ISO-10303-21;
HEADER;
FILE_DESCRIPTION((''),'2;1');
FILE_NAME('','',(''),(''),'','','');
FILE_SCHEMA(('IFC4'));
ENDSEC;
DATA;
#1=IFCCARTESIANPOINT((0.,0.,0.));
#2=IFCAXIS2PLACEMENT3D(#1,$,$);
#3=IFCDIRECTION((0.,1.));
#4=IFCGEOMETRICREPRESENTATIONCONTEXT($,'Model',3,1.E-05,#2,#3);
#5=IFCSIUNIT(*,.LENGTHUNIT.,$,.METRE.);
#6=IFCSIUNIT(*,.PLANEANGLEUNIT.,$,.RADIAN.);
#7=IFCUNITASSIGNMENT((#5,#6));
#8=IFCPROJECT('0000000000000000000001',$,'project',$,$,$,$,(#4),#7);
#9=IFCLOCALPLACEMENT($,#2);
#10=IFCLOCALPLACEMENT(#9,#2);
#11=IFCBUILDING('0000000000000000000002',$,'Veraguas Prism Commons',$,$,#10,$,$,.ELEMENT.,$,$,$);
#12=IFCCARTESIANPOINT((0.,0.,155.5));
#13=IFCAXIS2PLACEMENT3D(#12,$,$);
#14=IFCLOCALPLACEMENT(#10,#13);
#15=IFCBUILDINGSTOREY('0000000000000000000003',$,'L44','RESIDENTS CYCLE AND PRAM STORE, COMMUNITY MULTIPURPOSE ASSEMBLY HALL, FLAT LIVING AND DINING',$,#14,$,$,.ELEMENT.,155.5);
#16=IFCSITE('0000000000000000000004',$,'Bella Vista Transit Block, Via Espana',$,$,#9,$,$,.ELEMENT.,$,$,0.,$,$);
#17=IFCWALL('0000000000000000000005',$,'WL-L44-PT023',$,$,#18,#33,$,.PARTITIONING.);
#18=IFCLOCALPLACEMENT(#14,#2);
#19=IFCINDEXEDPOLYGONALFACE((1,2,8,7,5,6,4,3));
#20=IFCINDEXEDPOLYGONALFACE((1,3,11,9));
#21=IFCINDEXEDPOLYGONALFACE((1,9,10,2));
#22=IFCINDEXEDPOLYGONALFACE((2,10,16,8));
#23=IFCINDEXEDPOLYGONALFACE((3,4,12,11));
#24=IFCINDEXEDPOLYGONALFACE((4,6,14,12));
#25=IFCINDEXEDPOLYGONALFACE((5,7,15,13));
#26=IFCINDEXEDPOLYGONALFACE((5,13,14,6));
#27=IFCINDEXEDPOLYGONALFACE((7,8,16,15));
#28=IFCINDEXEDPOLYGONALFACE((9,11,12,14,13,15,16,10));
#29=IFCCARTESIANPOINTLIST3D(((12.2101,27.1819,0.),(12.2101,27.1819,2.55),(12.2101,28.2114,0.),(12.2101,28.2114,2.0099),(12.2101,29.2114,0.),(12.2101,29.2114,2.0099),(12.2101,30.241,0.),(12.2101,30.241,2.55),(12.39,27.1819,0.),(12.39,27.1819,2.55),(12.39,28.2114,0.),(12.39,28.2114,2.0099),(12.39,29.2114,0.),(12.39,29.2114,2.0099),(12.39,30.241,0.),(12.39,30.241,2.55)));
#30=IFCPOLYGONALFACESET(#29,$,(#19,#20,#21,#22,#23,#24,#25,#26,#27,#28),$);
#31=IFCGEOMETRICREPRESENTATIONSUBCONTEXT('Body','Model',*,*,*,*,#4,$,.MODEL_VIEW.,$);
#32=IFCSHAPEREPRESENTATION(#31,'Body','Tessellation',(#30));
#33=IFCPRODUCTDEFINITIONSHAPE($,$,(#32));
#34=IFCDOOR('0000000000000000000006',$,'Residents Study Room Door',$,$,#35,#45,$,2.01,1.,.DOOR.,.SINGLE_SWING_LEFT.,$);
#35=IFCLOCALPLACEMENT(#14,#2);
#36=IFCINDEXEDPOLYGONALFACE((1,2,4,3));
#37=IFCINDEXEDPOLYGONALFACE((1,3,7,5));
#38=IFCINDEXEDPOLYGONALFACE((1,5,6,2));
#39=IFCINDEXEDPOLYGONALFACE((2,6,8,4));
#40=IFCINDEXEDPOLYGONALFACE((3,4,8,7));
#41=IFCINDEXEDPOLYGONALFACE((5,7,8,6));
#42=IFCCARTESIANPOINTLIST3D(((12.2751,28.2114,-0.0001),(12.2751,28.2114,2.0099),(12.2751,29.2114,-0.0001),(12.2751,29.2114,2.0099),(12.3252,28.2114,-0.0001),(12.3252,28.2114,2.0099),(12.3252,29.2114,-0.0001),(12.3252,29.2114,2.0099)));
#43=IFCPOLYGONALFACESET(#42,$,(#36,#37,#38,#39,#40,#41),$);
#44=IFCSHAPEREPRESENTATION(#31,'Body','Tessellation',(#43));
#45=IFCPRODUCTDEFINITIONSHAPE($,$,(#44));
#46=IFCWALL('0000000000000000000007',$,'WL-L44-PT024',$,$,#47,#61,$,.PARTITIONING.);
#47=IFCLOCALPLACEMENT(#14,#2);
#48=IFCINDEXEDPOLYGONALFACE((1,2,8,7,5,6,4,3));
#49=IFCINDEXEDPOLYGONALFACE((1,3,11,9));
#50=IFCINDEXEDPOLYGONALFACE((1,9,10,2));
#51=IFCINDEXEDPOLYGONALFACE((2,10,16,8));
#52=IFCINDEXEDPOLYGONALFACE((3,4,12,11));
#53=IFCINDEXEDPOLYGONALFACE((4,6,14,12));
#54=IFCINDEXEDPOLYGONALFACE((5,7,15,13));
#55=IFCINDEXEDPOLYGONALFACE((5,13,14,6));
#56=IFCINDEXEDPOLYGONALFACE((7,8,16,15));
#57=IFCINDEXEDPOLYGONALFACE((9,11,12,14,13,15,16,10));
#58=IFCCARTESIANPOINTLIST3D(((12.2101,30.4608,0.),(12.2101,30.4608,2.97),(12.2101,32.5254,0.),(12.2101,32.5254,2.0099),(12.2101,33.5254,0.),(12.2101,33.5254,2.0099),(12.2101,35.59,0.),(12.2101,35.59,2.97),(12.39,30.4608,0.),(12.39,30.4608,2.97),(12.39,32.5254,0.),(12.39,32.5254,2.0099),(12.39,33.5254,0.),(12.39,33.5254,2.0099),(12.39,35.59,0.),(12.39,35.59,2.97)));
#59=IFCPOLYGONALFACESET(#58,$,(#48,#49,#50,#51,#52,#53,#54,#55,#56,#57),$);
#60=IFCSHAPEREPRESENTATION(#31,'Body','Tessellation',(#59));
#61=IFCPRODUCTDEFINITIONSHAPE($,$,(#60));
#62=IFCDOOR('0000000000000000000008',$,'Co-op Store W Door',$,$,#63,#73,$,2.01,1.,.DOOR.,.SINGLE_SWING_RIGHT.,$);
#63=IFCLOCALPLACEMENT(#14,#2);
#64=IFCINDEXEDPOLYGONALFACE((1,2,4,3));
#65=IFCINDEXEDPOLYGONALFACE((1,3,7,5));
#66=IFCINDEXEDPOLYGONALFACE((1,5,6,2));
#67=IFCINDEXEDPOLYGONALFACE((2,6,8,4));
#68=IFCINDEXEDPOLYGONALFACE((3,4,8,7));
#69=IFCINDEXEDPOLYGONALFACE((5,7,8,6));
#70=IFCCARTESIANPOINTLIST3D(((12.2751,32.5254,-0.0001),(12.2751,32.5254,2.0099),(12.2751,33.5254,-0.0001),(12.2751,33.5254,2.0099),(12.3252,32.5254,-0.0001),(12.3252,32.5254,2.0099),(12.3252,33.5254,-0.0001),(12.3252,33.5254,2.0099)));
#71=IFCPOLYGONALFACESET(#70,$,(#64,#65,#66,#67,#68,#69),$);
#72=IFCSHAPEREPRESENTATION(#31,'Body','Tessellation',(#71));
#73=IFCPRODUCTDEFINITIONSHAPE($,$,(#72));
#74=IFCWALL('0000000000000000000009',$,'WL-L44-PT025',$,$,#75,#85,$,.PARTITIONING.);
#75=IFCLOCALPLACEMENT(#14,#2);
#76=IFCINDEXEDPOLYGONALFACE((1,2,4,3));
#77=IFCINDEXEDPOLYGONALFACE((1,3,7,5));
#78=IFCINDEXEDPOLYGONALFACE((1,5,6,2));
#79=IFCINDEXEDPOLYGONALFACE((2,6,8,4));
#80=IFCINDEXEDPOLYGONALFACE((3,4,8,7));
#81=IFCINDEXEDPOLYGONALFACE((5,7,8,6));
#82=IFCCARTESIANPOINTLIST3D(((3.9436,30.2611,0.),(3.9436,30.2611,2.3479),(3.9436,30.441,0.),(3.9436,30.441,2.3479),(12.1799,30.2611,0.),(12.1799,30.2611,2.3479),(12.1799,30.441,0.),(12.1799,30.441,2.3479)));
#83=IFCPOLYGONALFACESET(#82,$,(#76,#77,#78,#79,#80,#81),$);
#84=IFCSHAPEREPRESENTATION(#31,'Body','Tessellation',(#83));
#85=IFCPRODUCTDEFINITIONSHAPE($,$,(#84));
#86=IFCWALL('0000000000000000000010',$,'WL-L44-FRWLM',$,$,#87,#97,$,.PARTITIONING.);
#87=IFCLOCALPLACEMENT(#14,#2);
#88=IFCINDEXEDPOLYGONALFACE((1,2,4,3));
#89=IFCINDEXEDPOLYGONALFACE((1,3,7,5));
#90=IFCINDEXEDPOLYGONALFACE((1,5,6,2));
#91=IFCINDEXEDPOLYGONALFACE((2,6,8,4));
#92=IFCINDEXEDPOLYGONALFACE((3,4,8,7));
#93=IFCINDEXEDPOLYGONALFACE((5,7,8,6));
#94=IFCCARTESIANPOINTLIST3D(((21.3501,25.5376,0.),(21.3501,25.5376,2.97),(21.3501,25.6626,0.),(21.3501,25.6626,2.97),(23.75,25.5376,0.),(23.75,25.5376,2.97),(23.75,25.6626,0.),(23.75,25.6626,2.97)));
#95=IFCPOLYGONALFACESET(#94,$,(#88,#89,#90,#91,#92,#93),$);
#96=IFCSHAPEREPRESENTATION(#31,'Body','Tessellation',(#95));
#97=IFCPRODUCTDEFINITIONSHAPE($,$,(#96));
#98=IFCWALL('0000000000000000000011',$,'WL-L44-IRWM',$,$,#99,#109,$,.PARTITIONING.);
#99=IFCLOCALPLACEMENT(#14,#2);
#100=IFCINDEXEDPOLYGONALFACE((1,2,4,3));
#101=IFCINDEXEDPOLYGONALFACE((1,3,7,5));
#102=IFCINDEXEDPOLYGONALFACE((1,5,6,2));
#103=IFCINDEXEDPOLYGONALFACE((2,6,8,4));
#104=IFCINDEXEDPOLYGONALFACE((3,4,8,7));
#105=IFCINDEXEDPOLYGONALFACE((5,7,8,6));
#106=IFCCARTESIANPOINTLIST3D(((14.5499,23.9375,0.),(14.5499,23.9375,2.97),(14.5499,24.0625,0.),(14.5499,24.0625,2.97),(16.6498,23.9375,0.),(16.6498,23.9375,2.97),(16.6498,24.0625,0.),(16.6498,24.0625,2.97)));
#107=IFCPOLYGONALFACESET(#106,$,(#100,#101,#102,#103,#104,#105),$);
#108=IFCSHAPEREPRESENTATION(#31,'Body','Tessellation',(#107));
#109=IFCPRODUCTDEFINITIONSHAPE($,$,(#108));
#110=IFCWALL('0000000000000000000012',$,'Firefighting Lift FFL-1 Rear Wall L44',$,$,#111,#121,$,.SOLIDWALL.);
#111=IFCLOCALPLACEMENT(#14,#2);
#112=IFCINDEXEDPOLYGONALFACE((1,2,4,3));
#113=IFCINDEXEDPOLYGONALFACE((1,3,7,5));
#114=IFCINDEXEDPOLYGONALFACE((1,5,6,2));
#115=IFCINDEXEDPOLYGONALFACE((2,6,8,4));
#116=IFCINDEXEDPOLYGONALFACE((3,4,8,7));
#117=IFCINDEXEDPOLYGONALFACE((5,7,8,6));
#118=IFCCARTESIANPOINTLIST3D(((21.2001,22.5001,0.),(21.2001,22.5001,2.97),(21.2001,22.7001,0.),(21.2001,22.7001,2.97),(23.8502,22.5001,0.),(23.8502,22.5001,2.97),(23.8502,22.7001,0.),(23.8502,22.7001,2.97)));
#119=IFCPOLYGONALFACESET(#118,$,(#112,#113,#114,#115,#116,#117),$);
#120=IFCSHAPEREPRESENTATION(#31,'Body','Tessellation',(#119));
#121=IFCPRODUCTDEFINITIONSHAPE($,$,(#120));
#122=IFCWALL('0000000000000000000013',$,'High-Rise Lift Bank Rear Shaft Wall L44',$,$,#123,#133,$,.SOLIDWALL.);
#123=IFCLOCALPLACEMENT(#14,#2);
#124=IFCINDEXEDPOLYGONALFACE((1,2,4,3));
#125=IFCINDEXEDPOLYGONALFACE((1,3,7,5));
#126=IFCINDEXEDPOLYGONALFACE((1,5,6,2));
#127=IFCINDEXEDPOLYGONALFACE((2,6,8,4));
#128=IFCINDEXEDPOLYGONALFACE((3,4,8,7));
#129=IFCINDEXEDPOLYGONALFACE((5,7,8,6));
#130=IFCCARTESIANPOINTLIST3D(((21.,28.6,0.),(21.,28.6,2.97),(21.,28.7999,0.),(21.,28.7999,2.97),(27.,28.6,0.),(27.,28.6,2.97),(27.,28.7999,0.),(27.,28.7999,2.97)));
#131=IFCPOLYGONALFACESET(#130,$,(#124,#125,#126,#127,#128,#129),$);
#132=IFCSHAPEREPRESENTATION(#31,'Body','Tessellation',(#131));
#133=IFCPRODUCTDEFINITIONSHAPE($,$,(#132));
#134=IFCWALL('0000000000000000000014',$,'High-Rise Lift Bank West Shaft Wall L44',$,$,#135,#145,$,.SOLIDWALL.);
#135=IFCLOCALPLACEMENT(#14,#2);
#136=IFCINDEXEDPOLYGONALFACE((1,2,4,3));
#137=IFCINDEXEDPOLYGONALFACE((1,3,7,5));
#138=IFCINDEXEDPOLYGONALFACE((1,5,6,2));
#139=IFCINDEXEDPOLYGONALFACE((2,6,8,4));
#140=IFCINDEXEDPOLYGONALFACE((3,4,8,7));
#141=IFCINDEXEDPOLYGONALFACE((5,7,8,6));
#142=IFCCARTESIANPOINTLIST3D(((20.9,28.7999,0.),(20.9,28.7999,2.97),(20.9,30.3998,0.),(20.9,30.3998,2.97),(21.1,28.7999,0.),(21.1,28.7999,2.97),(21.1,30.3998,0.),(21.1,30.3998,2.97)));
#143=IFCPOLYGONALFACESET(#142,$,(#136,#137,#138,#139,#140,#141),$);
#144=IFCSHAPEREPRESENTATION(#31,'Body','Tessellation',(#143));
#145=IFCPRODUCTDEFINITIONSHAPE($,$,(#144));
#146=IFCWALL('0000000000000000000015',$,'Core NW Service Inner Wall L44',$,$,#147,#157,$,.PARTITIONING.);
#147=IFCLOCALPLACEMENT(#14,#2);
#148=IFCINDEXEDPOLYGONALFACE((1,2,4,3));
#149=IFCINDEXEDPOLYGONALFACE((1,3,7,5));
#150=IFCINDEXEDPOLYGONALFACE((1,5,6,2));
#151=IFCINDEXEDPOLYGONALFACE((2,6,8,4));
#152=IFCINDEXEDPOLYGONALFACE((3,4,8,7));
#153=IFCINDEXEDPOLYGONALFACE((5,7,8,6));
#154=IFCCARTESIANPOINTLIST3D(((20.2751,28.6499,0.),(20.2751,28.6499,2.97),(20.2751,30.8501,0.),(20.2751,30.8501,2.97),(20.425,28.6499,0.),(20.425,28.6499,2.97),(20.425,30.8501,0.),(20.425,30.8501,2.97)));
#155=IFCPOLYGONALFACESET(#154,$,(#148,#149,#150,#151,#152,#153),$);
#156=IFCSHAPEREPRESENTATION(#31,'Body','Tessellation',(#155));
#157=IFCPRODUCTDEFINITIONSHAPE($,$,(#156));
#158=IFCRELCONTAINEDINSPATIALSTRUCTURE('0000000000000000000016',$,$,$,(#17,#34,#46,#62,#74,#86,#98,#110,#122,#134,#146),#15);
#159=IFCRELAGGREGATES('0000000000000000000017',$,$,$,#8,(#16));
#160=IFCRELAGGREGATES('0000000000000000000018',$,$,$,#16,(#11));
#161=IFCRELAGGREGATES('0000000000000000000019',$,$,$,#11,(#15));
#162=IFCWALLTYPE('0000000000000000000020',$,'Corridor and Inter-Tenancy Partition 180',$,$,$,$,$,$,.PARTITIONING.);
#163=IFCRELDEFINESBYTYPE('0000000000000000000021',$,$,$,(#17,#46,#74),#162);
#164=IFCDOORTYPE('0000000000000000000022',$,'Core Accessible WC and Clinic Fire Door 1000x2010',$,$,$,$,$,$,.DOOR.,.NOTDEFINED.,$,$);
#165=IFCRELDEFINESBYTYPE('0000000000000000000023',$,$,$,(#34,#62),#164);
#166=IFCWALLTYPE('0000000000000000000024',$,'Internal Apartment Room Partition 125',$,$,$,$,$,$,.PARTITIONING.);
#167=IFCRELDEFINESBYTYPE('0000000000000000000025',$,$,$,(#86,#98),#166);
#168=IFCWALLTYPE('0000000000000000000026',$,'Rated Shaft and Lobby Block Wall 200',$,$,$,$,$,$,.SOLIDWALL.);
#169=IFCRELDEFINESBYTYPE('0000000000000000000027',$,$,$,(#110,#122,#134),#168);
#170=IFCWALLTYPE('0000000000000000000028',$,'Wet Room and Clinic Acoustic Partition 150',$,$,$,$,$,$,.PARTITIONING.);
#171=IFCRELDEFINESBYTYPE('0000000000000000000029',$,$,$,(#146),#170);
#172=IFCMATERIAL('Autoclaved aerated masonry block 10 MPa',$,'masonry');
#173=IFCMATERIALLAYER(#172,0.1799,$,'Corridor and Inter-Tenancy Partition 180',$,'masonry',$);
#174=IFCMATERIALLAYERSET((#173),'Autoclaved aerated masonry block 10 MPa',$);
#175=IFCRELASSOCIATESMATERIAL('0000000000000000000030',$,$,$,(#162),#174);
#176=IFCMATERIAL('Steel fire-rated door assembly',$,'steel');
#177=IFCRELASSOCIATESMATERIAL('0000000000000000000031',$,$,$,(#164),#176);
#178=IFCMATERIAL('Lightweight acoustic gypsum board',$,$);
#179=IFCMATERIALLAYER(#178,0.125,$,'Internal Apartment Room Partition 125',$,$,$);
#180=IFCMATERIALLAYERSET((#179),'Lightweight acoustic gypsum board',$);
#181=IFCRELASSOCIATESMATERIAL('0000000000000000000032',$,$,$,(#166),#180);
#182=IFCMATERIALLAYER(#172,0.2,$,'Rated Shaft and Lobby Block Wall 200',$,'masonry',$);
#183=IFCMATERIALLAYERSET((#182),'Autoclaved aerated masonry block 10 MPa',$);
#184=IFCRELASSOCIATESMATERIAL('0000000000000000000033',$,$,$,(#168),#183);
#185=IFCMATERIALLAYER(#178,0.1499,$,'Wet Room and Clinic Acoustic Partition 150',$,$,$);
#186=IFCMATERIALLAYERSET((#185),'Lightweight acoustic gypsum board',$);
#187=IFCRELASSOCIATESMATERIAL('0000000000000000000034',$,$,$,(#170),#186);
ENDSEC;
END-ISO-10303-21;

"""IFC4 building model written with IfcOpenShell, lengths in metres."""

from ifc_helpers import new_model, si_unit, direction, frame, frame_2d, origin, place, context, subcontext, project, spatial, rectangle, extrude, source, transform, mapped, material, layer, layer_set, type_object, element, fill, save


model = new_model("IFC4")

# Units and contexts
model_context = context("Model", 3, precision=1e-05, world=origin(), true_north=direction((0.0, 1.0)))
body_context = subcontext(model_context, "Body", "Model", "MODEL_VIEW")
ifc_project = project(units=[si_unit("LENGTHUNIT", "METRE"), si_unit("PLANEANGLEUNIT", "RADIAN")], contexts=[model_context])

# Site, building, storey
site_placement = place(None, origin())
site = spatial("IfcSite", under=ifc_project, at=site_placement, Name="Bella Vista Transit Block, Via Espana", CompositionType="ELEMENT", RefElevation=0.0)
building_placement = place(site_placement, origin())
building = spatial("IfcBuilding", under=site, at=building_placement, Name="Veraguas Prism Commons", CompositionType="ELEMENT")
storey_placement = place(building_placement, frame((0.0, 0.0, 155.5)))
storey = spatial("IfcBuildingStorey", under=building, at=storey_placement, Name="L44", Description="RESIDENTS CYCLE AND PRAM STORE, COMMUNITY MULTIPURPOSE ASSEMBLY HALL, FLAT LIVING AND DINING", CompositionType="ELEMENT", Elevation=155.5)

# Shared definitions
ifc_material_1 = material(Name="Autoclaved aerated masonry block 10 MPa", Category="masonry")
ifc_layer_1 = layer(ifc_material_1, 0.1799, Name="Corridor and Inter-Tenancy Partition 180", Category="masonry")
ifc_layer_set_1 = layer_set([ifc_layer_1], Name="Autoclaved aerated masonry block 10 MPa")
wall_type_1 = type_object("IfcWallType", Name="Corridor and Inter-Tenancy Partition 180", PredefinedType="PARTITIONING", material=ifc_layer_set_1)
ifc_material_2 = material(Name="Steel fire-rated door assembly", Category="steel")

# Walls, openings, doors
wall_1_placement = place(storey_placement, frame((12.3, 27.1819, 0.0), z_axis=(0.0, 0.0, 1.0), x_axis=(0.0, 1.0, 0.0)))
wall_1 = element("IfcWall", 1, at=wall_1_placement, inside=storey, type_object=wall_type_1, Name="WL-L44-PT023", PredefinedType="PARTITIONING", context=body_context, shape_type="SweptSolid", body=[
    extrude(rectangle(XDim=3.0591, YDim=0.1799, at=frame_2d((1.5295, 0.0))), origin(), (0.0, 0.0, 1.0), 2.55),
])
opening_1_placement = place(wall_1_placement, frame((1.0295, 0.0, 0.0)))
opening_1 = element("IfcOpeningElement", 2, at=opening_1_placement, cuts=wall_1, PredefinedType="OPENING", context=body_context, shape_type="SweptSolid", body=[
    extrude(rectangle(XDim=1.0, YDim=2.01, at=frame_2d((0.5, 1.0049))), frame((0.0, 0.0999, 0.0), z_axis=(0.0, -1.0, 0.0), x_axis=(1.0, 0.0, 0.0)), (0.0, 0.0, 1.0), 0.2),
])
door_type_1 = type_object("IfcDoorType", Name="Core Accessible WC and Clinic Fire Door 1000x2010", OperationType="NOTDEFINED", PredefinedType="DOOR", material=ifc_material_2)
shared_shape_1 = source(origin(), body_context, "Body", "SweptSolid", [
    extrude(rectangle(XDim=1.0, YDim=2.01, at=frame_2d((0.5, 1.0049))), frame((0.0, 0.0249, 0.0), z_axis=(0.0, -1.0, 0.0), x_axis=(1.0, 0.0, 0.0)), (0.0, 0.0, 1.0), 0.05),
])
door_1_placement = place(opening_1_placement, origin())
door_1 = element("IfcDoor", 3, at=door_1_placement, inside=storey, type_object=door_type_1, Name="Residents Study Room Door", OperationType="SINGLE_SWING_LEFT", OverallHeight=2.01, OverallWidth=1.0, PredefinedType="DOOR", context=body_context, shape_type="MappedRepresentation", body=[
    mapped(shared_shape_1, transform((0.0, 0.0, 0.0), scale=1.0)),
])
fill(opening_1, door_1)
wall_2_placement = place(storey_placement, frame((12.3, 30.4609, 0.0), z_axis=(0.0, 0.0, 1.0), x_axis=(0.0, 1.0, 0.0)))
wall_2 = element("IfcWall", 4, at=wall_2_placement, inside=storey, type_object=wall_type_1, Name="WL-L44-PT024", PredefinedType="PARTITIONING", context=body_context, shape_type="SweptSolid", body=[
    extrude(rectangle(XDim=5.1292, YDim=0.1799, at=frame_2d((2.5645, 0.0))), origin(), (0.0, 0.0, 1.0), 2.97),
])
opening_2_placement = place(wall_2_placement, frame((2.0645, 0.0, 0.0)))
opening_2 = element("IfcOpeningElement", 5, at=opening_2_placement, cuts=wall_2, PredefinedType="OPENING", context=body_context, shape_type="SweptSolid", body=[
    extrude(rectangle(XDim=1.0, YDim=2.01, at=frame_2d((0.5, 1.0049))), frame((0.0, 0.0999, 0.0), z_axis=(0.0, -1.0, 0.0), x_axis=(1.0, 0.0, 0.0)), (0.0, 0.0, 1.0), 0.2),
])
door_2_placement = place(opening_2_placement, origin())
door_2 = element("IfcDoor", 6, at=door_2_placement, inside=storey, type_object=door_type_1, Name="Co-op Store W Door", OperationType="SINGLE_SWING_RIGHT", OverallHeight=2.01, OverallWidth=1.0, PredefinedType="DOOR", context=body_context, shape_type="MappedRepresentation", body=[
    mapped(shared_shape_1, transform((0.0, 0.0, 0.0), scale=1.0)),
])
fill(opening_2, door_2)

# Walls
wall_3_placement = place(storey_placement, frame((12.1799, 30.3511, 0.0), z_axis=(0.0, 0.0, 1.0), x_axis=(-1.0, 0.0, 0.0)))
element("IfcWall", 7, at=wall_3_placement, inside=storey, type_object=wall_type_1, Name="WL-L44-PT025", PredefinedType="PARTITIONING", context=body_context, shape_type="SweptSolid", body=[
    extrude(rectangle(XDim=8.2363, YDim=0.1799, at=frame_2d((4.1182, 0.0))), origin(), (0.0, 0.0, 1.0), 2.3479),
])
ifc_material_3 = material(Name="Lightweight acoustic gypsum board")
ifc_layer_2 = layer(ifc_material_3, 0.125, Name="Internal Apartment Room Partition 125")
ifc_layer_set_2 = layer_set([ifc_layer_2], Name="Lightweight acoustic gypsum board")
wall_type_2 = type_object("IfcWallType", Name="Internal Apartment Room Partition 125", PredefinedType="PARTITIONING", material=ifc_layer_set_2)
wall_4_placement = place(storey_placement, frame((21.3501, 25.6001, 0.0), z_axis=(0.0, 0.0, 1.0), x_axis=(1.0, 0.0, 0.0)))
element("IfcWall", 8, at=wall_4_placement, inside=storey, type_object=wall_type_2, Name="WL-L44-FRWLM", PredefinedType="PARTITIONING", context=body_context, shape_type="SweptSolid", body=[
    extrude(rectangle(XDim=2.3999, YDim=0.125, at=frame_2d((1.2, 0.0))), origin(), (0.0, 0.0, 1.0), 2.97),
])
wall_5_placement = place(storey_placement, frame((14.55, 24.0, 0.0), z_axis=(0.0, 0.0, 1.0), x_axis=(1.0, 0.0, 0.0)))
element("IfcWall", 9, at=wall_5_placement, inside=storey, type_object=wall_type_2, Name="WL-L44-IRWM", PredefinedType="PARTITIONING", context=body_context, shape_type="SweptSolid", body=[
    extrude(rectangle(XDim=2.0999, YDim=0.125, at=frame_2d((1.0498, 0.0))), origin(), (0.0, 0.0, 1.0), 2.97),
])
ifc_layer_3 = layer(ifc_material_1, 0.2, Name="Rated Shaft and Lobby Block Wall 200", Category="masonry")
ifc_layer_set_3 = layer_set([ifc_layer_3], Name="Autoclaved aerated masonry block 10 MPa")
wall_type_3 = type_object("IfcWallType", Name="Rated Shaft and Lobby Block Wall 200", PredefinedType="SOLIDWALL", material=ifc_layer_set_3)
wall_6_placement = place(storey_placement, frame((21.2, 22.6001, 0.0), z_axis=(0.0, 0.0, 1.0), x_axis=(1.0, 0.0, 0.0)))
element("IfcWall", 10, at=wall_6_placement, inside=storey, type_object=wall_type_3, Name="Firefighting Lift FFL-1 Rear Wall L44", PredefinedType="SOLIDWALL", context=body_context, shape_type="SweptSolid", body=[
    extrude(rectangle(XDim=2.6501, YDim=0.2, at=frame_2d((1.3252, 0.0))), origin(), (0.0, 0.0, 1.0), 2.97),
])
wall_7_placement = place(storey_placement, frame((21.0, 28.7, 0.0), z_axis=(0.0, 0.0, 1.0), x_axis=(1.0, 0.0, 0.0)))
element("IfcWall", 11, at=wall_7_placement, inside=storey, type_object=wall_type_3, Name="High-Rise Lift Bank Rear Shaft Wall L44", PredefinedType="SOLIDWALL", context=body_context, shape_type="SweptSolid", body=[
    extrude(rectangle(XDim=6.0, YDim=0.2, at=frame_2d((3.0, 0.0))), origin(), (0.0, 0.0, 1.0), 2.97),
])
wall_8_placement = place(storey_placement, frame((21.0, 28.8, 0.0), z_axis=(0.0, 0.0, 1.0), x_axis=(0.0, 1.0, 0.0)))
element("IfcWall", 12, at=wall_8_placement, inside=storey, type_object=wall_type_3, Name="High-Rise Lift Bank West Shaft Wall L44", PredefinedType="SOLIDWALL", context=body_context, shape_type="SweptSolid", body=[
    extrude(rectangle(XDim=1.5999, YDim=0.2, at=frame_2d((0.7998, 0.0))), origin(), (0.0, 0.0, 1.0), 2.97),
])
ifc_layer_4 = layer(ifc_material_3, 0.1499, Name="Wet Room and Clinic Acoustic Partition 150")
ifc_layer_set_4 = layer_set([ifc_layer_4], Name="Lightweight acoustic gypsum board")
wall_type_4 = type_object("IfcWallType", Name="Wet Room and Clinic Acoustic Partition 150", PredefinedType="PARTITIONING", material=ifc_layer_set_4)
wall_9_placement = place(storey_placement, frame((20.3501, 28.6499, 0.0), z_axis=(0.0, 0.0, 1.0), x_axis=(0.0, 1.0, 0.0)))
element("IfcWall", 13, at=wall_9_placement, inside=storey, type_object=wall_type_4, Name="Core NW Service Inner Wall L44", PredefinedType="PARTITIONING", context=body_context, shape_type="SweptSolid", body=[
    extrude(rectangle(XDim=2.2002, YDim=0.1499, at=frame_2d((1.1001, 0.0))), origin(), (0.0, 0.0, 1.0), 2.97),
])

save(model, "model.ifc")
